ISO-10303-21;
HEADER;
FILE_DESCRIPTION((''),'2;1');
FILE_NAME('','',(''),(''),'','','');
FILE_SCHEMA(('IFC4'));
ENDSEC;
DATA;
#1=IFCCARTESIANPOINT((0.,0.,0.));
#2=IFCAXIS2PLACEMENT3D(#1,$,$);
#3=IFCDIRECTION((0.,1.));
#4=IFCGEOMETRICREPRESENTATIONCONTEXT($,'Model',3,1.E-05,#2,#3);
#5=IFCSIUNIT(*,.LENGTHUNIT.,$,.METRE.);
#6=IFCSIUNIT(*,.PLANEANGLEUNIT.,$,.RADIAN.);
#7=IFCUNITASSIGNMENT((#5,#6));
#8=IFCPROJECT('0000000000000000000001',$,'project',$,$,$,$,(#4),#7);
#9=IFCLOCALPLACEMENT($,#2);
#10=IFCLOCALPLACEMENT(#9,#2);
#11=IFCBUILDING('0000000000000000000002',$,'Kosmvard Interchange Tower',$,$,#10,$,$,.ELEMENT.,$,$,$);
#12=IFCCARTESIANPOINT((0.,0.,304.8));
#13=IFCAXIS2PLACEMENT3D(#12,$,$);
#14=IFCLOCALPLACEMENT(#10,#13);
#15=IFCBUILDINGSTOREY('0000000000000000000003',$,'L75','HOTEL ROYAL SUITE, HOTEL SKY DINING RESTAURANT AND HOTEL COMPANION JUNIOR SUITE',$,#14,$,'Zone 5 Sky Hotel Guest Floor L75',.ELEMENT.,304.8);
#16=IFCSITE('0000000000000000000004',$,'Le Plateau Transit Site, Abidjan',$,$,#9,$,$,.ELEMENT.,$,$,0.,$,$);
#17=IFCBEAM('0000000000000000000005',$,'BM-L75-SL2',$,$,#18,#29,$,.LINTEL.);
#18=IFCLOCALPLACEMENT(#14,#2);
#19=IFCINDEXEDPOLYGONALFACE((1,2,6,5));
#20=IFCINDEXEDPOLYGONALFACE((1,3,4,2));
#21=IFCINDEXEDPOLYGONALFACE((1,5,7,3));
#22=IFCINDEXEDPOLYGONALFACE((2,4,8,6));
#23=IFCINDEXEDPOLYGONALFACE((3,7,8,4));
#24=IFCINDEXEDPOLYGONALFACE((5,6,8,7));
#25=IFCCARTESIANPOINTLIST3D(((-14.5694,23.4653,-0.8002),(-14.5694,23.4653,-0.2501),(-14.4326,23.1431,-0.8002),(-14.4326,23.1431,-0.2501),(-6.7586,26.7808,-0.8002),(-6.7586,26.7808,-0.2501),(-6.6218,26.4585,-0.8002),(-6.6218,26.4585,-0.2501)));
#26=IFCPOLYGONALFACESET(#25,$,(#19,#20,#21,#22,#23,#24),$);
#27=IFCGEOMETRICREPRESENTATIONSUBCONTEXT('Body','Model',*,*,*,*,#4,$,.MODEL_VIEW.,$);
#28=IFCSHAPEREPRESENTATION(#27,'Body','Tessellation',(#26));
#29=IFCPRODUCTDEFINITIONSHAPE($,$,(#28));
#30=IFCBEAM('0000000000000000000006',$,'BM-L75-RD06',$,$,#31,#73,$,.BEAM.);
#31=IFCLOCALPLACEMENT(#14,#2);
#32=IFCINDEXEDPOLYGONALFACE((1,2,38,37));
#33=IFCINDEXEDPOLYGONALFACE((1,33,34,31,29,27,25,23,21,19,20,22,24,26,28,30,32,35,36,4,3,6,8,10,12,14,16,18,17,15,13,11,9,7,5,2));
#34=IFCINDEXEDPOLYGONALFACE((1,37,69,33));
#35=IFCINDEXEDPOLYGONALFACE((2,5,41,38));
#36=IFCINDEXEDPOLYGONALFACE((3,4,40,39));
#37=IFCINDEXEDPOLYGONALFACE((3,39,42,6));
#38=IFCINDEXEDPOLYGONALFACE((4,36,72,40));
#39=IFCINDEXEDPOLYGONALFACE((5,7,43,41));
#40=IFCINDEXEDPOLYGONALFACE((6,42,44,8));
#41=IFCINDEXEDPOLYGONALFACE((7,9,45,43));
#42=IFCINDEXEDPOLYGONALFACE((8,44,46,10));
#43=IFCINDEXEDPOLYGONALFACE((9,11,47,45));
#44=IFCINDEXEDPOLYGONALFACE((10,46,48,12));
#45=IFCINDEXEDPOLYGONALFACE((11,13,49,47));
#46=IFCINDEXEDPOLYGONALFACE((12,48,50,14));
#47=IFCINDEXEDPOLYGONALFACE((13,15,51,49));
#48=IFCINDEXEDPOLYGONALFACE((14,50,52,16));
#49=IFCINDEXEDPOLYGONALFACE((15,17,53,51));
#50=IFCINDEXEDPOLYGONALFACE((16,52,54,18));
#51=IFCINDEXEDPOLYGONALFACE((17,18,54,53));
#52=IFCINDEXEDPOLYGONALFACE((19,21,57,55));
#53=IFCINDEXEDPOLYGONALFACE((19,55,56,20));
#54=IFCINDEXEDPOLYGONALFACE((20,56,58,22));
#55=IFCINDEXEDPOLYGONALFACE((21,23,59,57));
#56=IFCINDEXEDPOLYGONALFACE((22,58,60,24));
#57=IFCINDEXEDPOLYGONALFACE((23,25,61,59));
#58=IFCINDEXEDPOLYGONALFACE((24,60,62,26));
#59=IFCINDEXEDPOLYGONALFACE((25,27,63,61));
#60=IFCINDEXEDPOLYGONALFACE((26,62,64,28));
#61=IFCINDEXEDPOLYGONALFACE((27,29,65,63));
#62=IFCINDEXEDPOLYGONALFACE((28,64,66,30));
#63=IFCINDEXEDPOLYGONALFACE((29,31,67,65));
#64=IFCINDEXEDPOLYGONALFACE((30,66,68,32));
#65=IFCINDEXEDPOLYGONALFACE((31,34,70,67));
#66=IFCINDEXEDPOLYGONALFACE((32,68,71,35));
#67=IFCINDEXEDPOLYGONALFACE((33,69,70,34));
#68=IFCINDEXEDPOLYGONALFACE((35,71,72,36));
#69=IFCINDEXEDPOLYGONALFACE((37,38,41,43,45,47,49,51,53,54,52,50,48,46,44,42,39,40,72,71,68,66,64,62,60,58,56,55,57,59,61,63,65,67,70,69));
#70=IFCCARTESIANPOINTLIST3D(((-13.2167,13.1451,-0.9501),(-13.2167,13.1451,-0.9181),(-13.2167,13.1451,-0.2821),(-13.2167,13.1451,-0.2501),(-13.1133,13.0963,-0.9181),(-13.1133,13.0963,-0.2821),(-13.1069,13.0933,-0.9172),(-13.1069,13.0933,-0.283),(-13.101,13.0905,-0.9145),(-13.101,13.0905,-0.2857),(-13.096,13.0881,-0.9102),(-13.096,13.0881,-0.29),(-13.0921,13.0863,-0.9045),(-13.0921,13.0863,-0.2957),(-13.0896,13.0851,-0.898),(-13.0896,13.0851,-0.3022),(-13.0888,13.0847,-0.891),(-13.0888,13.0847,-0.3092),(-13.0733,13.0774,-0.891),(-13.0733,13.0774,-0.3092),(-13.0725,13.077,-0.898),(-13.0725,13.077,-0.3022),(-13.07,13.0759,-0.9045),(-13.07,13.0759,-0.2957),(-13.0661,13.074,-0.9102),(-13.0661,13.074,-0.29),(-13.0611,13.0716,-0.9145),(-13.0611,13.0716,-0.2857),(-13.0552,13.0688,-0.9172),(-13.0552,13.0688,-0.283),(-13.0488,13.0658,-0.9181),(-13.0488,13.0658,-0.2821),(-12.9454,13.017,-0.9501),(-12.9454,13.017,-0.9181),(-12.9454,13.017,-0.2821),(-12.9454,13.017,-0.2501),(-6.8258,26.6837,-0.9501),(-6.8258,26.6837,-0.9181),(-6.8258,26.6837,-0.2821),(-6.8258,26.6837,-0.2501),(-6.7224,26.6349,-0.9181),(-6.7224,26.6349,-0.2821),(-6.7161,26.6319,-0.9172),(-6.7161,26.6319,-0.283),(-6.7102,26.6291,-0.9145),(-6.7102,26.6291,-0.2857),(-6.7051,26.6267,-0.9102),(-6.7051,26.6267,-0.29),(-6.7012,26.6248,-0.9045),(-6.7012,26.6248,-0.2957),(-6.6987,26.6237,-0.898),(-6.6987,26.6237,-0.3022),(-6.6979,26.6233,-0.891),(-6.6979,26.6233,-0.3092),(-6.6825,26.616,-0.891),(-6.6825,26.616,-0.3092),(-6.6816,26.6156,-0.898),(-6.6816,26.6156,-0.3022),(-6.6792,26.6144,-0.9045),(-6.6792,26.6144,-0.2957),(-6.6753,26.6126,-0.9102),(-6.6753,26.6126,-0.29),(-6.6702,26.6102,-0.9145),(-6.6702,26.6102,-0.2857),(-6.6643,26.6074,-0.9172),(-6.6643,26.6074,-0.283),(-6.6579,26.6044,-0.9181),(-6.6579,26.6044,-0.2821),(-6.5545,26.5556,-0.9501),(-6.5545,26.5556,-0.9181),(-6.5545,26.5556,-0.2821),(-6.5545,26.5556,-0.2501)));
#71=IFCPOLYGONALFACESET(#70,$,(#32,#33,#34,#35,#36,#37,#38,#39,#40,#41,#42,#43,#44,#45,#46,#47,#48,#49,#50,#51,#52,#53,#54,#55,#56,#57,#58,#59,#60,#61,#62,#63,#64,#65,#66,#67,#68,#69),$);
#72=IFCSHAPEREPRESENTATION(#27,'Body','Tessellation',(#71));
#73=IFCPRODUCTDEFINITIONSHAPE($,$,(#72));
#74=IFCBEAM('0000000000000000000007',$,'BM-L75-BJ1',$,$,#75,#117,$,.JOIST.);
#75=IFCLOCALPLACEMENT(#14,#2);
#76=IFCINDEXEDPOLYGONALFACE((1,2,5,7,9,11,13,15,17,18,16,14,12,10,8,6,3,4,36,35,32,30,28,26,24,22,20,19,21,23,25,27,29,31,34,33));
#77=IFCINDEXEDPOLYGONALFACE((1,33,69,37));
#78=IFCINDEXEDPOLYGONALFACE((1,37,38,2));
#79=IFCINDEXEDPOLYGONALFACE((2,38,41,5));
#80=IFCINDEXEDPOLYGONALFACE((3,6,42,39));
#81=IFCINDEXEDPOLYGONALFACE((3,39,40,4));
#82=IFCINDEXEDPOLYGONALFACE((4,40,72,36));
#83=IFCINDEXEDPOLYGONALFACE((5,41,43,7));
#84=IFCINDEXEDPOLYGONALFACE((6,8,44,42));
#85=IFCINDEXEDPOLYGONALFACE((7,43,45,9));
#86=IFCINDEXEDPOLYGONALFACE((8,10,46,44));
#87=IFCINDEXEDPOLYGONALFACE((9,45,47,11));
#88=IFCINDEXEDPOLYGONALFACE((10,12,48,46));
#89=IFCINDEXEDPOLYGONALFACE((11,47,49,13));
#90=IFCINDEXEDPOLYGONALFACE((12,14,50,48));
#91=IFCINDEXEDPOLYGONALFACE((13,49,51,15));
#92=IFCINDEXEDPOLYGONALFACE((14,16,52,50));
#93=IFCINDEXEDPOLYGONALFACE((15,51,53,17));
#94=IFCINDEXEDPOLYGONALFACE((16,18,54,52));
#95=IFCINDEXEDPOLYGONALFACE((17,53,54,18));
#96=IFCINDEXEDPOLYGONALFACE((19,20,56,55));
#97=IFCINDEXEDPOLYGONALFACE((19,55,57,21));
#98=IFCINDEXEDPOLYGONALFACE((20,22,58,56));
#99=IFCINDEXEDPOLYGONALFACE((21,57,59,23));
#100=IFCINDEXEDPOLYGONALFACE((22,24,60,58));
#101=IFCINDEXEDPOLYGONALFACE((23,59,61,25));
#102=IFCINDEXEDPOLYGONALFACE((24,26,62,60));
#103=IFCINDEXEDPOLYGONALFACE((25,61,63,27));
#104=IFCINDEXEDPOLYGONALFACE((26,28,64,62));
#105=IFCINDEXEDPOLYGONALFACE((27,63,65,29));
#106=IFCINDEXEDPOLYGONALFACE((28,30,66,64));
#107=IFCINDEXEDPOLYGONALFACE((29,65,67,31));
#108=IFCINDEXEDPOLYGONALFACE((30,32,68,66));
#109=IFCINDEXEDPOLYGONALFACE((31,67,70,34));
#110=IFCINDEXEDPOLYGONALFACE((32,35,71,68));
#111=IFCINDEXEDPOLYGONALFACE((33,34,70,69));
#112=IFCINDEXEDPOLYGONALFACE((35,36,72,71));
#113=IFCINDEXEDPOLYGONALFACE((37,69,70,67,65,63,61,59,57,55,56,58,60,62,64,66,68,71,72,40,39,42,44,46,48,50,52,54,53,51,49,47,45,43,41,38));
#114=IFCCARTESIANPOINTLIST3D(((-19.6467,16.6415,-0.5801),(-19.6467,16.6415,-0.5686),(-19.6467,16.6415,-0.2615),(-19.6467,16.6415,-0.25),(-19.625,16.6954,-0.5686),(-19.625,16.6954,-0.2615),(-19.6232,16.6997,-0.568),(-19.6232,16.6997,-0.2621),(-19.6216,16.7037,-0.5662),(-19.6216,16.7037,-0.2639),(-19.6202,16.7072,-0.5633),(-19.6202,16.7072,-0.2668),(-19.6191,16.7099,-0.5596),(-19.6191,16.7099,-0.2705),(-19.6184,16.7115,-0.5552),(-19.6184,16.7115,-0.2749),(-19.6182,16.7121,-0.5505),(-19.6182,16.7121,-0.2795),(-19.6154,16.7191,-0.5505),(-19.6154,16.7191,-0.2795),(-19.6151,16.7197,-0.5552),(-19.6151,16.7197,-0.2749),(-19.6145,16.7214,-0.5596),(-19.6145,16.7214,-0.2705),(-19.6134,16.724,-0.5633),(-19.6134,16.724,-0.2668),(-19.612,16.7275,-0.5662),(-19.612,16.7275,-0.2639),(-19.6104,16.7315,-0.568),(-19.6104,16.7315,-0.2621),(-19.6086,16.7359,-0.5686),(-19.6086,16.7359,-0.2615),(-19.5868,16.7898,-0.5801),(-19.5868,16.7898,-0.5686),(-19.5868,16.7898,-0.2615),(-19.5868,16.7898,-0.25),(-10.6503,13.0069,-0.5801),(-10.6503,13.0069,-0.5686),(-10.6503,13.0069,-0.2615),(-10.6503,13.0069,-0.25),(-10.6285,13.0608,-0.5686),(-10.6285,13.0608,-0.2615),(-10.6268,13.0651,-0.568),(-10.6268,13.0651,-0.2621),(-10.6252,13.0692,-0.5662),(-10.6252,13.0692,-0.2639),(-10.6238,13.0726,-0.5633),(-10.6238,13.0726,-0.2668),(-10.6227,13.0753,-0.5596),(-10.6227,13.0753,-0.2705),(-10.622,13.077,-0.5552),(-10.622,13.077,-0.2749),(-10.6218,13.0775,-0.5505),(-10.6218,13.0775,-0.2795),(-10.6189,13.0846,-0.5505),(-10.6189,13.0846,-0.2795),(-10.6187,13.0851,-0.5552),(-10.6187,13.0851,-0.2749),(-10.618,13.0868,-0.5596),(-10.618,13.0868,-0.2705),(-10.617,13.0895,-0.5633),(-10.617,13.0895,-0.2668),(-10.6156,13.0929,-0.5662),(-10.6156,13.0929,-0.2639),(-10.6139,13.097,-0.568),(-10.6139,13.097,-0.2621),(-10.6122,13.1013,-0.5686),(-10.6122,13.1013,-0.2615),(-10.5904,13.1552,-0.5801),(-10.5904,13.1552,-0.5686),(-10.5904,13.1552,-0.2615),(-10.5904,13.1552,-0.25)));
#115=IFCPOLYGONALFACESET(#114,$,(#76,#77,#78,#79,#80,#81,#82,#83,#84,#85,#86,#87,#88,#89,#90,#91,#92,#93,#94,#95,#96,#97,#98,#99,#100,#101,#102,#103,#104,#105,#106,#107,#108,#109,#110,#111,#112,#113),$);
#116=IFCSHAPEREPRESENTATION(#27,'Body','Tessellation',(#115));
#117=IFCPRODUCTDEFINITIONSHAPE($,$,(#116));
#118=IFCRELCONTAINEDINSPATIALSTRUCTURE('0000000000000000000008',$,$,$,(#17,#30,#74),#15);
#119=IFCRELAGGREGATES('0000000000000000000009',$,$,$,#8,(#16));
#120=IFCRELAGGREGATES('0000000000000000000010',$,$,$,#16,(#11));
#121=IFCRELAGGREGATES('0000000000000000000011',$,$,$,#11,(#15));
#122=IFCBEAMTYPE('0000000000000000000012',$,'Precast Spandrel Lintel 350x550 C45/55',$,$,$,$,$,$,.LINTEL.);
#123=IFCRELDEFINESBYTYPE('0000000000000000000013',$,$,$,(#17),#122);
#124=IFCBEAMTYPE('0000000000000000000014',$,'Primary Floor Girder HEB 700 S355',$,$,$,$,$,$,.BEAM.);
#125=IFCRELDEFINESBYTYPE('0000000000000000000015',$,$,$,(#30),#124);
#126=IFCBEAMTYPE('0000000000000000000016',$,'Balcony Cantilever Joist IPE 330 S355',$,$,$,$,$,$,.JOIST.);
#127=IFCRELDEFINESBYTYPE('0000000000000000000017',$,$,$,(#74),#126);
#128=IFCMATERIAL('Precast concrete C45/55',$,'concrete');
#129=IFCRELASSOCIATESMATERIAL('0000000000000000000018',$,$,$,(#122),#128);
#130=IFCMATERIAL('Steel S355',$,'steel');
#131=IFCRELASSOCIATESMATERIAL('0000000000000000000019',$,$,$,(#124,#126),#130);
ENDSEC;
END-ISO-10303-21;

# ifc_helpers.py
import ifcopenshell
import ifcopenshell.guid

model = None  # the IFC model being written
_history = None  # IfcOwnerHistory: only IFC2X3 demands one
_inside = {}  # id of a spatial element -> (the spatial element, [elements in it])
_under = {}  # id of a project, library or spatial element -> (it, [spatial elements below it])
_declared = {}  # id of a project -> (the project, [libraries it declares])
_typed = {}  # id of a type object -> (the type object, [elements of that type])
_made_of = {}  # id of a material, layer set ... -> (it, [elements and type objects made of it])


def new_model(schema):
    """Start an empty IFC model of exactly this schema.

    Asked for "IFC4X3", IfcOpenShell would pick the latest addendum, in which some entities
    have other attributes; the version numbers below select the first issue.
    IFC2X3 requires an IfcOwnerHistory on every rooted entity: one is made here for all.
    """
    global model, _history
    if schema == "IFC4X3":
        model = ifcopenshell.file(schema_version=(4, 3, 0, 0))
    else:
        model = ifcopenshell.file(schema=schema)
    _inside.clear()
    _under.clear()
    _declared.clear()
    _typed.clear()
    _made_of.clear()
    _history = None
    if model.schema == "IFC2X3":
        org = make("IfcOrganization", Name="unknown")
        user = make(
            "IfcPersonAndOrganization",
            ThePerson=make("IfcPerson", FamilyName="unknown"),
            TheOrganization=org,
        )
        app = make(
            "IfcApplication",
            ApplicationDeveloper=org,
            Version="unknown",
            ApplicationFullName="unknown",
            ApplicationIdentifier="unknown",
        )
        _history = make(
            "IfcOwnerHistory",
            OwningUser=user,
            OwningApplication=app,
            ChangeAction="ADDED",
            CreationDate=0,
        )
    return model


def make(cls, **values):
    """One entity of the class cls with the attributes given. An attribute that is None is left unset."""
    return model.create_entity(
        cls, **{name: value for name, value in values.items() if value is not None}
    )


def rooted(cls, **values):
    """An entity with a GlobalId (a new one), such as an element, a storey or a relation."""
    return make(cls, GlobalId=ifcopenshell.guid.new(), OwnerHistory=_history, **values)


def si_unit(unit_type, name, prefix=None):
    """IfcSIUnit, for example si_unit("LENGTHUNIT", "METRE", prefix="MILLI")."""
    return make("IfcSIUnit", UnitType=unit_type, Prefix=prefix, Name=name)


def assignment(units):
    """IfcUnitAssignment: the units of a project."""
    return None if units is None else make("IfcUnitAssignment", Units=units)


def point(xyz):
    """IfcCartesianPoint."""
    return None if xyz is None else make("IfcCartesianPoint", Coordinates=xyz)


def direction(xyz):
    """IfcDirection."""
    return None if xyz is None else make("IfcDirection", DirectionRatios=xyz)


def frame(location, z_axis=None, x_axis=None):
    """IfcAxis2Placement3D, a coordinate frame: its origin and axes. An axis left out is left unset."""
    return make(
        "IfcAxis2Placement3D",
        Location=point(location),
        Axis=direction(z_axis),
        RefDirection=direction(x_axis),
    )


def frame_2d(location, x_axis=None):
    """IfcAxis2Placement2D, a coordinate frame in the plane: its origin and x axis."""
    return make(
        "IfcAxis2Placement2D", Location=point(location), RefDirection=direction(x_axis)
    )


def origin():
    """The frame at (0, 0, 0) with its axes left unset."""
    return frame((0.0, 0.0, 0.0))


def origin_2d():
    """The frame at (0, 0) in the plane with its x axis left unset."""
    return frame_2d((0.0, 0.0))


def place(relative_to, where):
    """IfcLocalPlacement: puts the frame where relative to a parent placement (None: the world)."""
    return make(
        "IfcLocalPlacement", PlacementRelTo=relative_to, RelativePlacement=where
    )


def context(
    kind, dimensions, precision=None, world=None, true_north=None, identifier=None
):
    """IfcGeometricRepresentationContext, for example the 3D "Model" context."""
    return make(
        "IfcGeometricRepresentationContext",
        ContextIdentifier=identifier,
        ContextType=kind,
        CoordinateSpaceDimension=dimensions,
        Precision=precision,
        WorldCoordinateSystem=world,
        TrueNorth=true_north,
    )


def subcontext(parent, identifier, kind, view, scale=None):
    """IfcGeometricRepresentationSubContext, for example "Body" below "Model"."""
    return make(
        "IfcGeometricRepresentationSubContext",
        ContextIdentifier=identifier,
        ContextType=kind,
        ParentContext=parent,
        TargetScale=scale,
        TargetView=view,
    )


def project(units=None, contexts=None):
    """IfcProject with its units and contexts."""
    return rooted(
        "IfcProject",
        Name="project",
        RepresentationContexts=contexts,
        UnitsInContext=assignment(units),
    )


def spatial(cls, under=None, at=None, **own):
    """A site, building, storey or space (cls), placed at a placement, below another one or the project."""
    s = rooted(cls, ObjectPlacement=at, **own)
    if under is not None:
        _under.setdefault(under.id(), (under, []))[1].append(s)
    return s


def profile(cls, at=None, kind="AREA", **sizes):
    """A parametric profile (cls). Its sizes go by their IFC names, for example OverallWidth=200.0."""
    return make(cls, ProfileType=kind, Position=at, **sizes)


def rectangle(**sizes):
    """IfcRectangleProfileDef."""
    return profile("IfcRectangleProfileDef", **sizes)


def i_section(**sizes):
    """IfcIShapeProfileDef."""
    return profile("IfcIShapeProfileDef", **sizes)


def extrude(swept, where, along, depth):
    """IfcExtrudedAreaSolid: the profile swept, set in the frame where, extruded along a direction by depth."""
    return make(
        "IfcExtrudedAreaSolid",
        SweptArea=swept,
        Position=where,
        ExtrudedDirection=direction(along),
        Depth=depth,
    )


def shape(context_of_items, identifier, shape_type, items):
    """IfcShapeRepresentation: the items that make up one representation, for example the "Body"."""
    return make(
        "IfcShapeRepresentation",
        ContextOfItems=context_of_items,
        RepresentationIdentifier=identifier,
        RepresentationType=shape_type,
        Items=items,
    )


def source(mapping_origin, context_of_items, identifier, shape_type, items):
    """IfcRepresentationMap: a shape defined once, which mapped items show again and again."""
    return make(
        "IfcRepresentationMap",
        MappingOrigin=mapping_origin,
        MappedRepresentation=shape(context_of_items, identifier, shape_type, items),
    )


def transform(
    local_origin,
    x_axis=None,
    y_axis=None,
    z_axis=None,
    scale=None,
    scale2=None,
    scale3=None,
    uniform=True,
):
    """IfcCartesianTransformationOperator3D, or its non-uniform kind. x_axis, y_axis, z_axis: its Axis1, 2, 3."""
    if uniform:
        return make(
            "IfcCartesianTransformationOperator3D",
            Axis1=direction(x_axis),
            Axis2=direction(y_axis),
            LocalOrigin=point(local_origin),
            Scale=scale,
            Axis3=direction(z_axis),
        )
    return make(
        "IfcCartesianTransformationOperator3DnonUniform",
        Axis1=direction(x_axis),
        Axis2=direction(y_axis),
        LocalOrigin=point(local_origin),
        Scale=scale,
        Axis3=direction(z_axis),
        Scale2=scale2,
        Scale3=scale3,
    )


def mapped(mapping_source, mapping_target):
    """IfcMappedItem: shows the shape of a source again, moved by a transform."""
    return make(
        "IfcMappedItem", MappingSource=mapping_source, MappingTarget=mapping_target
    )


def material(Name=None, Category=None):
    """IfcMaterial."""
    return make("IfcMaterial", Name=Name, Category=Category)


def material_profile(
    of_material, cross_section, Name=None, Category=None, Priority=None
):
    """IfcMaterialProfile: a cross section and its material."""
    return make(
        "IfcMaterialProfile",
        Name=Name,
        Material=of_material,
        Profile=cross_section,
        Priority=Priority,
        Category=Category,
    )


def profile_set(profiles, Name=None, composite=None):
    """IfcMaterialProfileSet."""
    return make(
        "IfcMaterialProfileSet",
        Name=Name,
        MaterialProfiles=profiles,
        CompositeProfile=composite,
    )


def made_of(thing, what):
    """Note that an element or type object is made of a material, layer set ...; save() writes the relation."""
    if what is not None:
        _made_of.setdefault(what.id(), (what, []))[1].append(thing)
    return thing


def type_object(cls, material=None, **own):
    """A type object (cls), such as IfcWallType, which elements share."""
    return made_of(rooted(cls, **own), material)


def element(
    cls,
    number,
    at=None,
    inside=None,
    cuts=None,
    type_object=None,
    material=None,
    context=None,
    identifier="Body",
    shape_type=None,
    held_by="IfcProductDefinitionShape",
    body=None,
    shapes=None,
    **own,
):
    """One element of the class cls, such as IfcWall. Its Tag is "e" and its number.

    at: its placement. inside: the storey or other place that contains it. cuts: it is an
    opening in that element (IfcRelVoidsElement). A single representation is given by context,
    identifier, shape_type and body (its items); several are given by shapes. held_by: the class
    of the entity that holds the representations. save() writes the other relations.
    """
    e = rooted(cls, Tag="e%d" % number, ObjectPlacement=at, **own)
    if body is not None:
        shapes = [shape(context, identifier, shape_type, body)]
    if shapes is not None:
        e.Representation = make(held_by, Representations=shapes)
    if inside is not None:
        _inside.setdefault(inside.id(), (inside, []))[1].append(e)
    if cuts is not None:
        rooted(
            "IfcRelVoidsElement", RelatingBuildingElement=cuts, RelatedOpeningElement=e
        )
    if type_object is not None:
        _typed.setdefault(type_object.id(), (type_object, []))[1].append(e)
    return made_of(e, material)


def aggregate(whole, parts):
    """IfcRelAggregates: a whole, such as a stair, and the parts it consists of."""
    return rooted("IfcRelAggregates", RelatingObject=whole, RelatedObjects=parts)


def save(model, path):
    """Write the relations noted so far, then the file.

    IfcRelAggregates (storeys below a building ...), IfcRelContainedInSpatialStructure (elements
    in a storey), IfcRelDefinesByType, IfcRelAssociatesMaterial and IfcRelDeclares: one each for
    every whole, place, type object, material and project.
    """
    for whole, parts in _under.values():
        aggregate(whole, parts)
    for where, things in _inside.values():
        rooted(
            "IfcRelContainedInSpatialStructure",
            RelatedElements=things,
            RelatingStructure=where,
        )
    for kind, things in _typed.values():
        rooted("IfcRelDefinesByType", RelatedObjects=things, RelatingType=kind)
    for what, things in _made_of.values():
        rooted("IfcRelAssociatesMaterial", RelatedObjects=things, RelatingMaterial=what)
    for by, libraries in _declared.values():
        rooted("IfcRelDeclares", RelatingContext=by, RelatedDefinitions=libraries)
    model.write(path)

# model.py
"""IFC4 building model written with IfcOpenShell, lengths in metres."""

from ifc_helpers import new_model, si_unit, direction, frame, origin, origin_2d, place, context, subcontext, project, spatial, rectangle, i_section, extrude, source, transform, mapped, material, material_profile, profile_set, type_object, element, save


model = new_model("IFC4")

# Units and contexts
model_context = context("Model", 3, precision=1e-05, world=origin(), true_north=direction((0.0, 1.0)))
body_context = subcontext(model_context, "Body", "Model", "MODEL_VIEW")
ifc_project = project(units=[si_unit("LENGTHUNIT", "METRE"), si_unit("PLANEANGLEUNIT", "RADIAN")], contexts=[model_context])

# Site, building, storey
site_placement = place(None, origin())
site = spatial("IfcSite", under=ifc_project, at=site_placement, Name="Le Plateau Transit Site, Abidjan", CompositionType="ELEMENT", RefElevation=0.0)
building_placement = place(site_placement, origin())
building = spatial("IfcBuilding", under=site, at=building_placement, Name="Kosmvard Interchange Tower", CompositionType="ELEMENT")
storey_placement = place(building_placement, frame((0.0, 0.0, 304.8)))
storey = spatial("IfcBuildingStorey", under=building, at=storey_placement, Name="L75", Description="HOTEL ROYAL SUITE, HOTEL SKY DINING RESTAURANT AND HOTEL COMPANION JUNIOR SUITE", LongName="Zone 5 Sky Hotel Guest Floor L75", CompositionType="ELEMENT", Elevation=304.8)

# Beams
ifc_material_1 = material(Name="Steel S355", Category="steel")
ifc_material_2 = material(Name="Precast concrete C45/55", Category="concrete")
ifc_material_profile_1 = material_profile(ifc_material_2, rectangle(XDim=0.3501, YDim=0.55, at=origin_2d()), Name="SL 350x550")
ifc_profile_set_1 = profile_set([ifc_material_profile_1], Name="Precast concrete C45/55")
beam_type_1 = type_object("IfcBeamType", Name="Precast Spandrel Lintel 350x550 C45/55", PredefinedType="LINTEL", material=ifc_profile_set_1)
shared_shape_1 = source(origin(), body_context, "Body", "SweptSolid", [
    extrude(rectangle(XDim=0.3501, YDim=0.55, at=origin_2d()), origin(), (0.0, 0.0, 1.0), 8.4854),
])
beam_1_placement = place(storey_placement, frame((-6.6902, 26.6196, -0.5251), z_axis=(-0.920507, -0.390726, 0.0), x_axis=(0.390726, -0.920507, 0.0)))
element("IfcBeam", 1, at=beam_1_placement, inside=storey, type_object=beam_type_1, Name="BM-L75-SL2", PredefinedType="LINTEL", context=body_context, shape_type="MappedRepresentation", body=[
    mapped(shared_shape_1, transform((0.0, 0.0, 0.0), scale=1.0)),
])
ifc_material_profile_2 = material_profile(ifc_material_1, i_section(OverallWidth=0.3, OverallDepth=0.7, WebThickness=0.0171, FlangeThickness=0.032, FilletRadius=0.0271, at=origin_2d()), Name="HEB 700")
ifc_profile_set_2 = profile_set([ifc_material_profile_2], Name="Steel S355")
beam_type_2 = type_object("IfcBeamType", Name="Primary Floor Girder HEB 700 S355", PredefinedType="BEAM", material=ifc_profile_set_2)
shared_shape_2 = source(origin(), body_context, "Body", "SweptSolid", [
    extrude(i_section(OverallWidth=0.3, OverallDepth=0.7, WebThickness=0.0171, FlangeThickness=0.032, FilletRadius=0.0271, at=origin_2d()), origin(), (0.0, 0.0, 1.0), 14.9712),
])
beam_2_placement = place(storey_placement, frame((-13.0811, 13.0811, -0.6001), z_axis=(0.426878, 0.904309, 0.0), x_axis=(-0.904309, 0.426878, 0.0)))
element("IfcBeam", 2, at=beam_2_placement, inside=storey, type_object=beam_type_2, Name="BM-L75-RD06", PredefinedType="BEAM", context=body_context, shape_type="MappedRepresentation", body=[
    mapped(shared_shape_2, transform((0.0, 0.0, 0.0), scale=1.0)),
])
ifc_material_profile_3 = material_profile(ifc_material_1, i_section(OverallWidth=0.1599, OverallDepth=0.3301, WebThickness=0.0076, FlangeThickness=0.0115, FilletRadius=0.0181, at=origin_2d()), Name="IPE 330")
ifc_profile_set_3 = profile_set([ifc_material_profile_3], Name="Steel S355")
beam_type_3 = type_object("IfcBeamType", Name="Balcony Cantilever Joist IPE 330 S355", PredefinedType="JOIST", material=ifc_profile_set_3)
shared_shape_3 = source(origin(), body_context, "Body", "SweptSolid", [
    extrude(i_section(OverallWidth=0.1599, OverallDepth=0.3301, WebThickness=0.0076, FlangeThickness=0.0115, FilletRadius=0.0181, at=origin_2d()), origin(), (0.0, 0.0, 1.0), 9.7029),
])
beam_3_placement = place(storey_placement, frame((-10.6204, 13.0811, -0.415), z_axis=(-0.927192, 0.374586, 0.0), x_axis=(-0.374586, -0.927192, 0.0)))
element("IfcBeam", 3, at=beam_3_placement, inside=storey, type_object=beam_type_3, Name="BM-L75-BJ1", PredefinedType="JOIST", context=body_context, shape_type="MappedRepresentation", body=[
    mapped(shared_shape_3, transform((0.0, 0.0, 0.0), scale=1.0)),
])

save(model, "model.ifc")
